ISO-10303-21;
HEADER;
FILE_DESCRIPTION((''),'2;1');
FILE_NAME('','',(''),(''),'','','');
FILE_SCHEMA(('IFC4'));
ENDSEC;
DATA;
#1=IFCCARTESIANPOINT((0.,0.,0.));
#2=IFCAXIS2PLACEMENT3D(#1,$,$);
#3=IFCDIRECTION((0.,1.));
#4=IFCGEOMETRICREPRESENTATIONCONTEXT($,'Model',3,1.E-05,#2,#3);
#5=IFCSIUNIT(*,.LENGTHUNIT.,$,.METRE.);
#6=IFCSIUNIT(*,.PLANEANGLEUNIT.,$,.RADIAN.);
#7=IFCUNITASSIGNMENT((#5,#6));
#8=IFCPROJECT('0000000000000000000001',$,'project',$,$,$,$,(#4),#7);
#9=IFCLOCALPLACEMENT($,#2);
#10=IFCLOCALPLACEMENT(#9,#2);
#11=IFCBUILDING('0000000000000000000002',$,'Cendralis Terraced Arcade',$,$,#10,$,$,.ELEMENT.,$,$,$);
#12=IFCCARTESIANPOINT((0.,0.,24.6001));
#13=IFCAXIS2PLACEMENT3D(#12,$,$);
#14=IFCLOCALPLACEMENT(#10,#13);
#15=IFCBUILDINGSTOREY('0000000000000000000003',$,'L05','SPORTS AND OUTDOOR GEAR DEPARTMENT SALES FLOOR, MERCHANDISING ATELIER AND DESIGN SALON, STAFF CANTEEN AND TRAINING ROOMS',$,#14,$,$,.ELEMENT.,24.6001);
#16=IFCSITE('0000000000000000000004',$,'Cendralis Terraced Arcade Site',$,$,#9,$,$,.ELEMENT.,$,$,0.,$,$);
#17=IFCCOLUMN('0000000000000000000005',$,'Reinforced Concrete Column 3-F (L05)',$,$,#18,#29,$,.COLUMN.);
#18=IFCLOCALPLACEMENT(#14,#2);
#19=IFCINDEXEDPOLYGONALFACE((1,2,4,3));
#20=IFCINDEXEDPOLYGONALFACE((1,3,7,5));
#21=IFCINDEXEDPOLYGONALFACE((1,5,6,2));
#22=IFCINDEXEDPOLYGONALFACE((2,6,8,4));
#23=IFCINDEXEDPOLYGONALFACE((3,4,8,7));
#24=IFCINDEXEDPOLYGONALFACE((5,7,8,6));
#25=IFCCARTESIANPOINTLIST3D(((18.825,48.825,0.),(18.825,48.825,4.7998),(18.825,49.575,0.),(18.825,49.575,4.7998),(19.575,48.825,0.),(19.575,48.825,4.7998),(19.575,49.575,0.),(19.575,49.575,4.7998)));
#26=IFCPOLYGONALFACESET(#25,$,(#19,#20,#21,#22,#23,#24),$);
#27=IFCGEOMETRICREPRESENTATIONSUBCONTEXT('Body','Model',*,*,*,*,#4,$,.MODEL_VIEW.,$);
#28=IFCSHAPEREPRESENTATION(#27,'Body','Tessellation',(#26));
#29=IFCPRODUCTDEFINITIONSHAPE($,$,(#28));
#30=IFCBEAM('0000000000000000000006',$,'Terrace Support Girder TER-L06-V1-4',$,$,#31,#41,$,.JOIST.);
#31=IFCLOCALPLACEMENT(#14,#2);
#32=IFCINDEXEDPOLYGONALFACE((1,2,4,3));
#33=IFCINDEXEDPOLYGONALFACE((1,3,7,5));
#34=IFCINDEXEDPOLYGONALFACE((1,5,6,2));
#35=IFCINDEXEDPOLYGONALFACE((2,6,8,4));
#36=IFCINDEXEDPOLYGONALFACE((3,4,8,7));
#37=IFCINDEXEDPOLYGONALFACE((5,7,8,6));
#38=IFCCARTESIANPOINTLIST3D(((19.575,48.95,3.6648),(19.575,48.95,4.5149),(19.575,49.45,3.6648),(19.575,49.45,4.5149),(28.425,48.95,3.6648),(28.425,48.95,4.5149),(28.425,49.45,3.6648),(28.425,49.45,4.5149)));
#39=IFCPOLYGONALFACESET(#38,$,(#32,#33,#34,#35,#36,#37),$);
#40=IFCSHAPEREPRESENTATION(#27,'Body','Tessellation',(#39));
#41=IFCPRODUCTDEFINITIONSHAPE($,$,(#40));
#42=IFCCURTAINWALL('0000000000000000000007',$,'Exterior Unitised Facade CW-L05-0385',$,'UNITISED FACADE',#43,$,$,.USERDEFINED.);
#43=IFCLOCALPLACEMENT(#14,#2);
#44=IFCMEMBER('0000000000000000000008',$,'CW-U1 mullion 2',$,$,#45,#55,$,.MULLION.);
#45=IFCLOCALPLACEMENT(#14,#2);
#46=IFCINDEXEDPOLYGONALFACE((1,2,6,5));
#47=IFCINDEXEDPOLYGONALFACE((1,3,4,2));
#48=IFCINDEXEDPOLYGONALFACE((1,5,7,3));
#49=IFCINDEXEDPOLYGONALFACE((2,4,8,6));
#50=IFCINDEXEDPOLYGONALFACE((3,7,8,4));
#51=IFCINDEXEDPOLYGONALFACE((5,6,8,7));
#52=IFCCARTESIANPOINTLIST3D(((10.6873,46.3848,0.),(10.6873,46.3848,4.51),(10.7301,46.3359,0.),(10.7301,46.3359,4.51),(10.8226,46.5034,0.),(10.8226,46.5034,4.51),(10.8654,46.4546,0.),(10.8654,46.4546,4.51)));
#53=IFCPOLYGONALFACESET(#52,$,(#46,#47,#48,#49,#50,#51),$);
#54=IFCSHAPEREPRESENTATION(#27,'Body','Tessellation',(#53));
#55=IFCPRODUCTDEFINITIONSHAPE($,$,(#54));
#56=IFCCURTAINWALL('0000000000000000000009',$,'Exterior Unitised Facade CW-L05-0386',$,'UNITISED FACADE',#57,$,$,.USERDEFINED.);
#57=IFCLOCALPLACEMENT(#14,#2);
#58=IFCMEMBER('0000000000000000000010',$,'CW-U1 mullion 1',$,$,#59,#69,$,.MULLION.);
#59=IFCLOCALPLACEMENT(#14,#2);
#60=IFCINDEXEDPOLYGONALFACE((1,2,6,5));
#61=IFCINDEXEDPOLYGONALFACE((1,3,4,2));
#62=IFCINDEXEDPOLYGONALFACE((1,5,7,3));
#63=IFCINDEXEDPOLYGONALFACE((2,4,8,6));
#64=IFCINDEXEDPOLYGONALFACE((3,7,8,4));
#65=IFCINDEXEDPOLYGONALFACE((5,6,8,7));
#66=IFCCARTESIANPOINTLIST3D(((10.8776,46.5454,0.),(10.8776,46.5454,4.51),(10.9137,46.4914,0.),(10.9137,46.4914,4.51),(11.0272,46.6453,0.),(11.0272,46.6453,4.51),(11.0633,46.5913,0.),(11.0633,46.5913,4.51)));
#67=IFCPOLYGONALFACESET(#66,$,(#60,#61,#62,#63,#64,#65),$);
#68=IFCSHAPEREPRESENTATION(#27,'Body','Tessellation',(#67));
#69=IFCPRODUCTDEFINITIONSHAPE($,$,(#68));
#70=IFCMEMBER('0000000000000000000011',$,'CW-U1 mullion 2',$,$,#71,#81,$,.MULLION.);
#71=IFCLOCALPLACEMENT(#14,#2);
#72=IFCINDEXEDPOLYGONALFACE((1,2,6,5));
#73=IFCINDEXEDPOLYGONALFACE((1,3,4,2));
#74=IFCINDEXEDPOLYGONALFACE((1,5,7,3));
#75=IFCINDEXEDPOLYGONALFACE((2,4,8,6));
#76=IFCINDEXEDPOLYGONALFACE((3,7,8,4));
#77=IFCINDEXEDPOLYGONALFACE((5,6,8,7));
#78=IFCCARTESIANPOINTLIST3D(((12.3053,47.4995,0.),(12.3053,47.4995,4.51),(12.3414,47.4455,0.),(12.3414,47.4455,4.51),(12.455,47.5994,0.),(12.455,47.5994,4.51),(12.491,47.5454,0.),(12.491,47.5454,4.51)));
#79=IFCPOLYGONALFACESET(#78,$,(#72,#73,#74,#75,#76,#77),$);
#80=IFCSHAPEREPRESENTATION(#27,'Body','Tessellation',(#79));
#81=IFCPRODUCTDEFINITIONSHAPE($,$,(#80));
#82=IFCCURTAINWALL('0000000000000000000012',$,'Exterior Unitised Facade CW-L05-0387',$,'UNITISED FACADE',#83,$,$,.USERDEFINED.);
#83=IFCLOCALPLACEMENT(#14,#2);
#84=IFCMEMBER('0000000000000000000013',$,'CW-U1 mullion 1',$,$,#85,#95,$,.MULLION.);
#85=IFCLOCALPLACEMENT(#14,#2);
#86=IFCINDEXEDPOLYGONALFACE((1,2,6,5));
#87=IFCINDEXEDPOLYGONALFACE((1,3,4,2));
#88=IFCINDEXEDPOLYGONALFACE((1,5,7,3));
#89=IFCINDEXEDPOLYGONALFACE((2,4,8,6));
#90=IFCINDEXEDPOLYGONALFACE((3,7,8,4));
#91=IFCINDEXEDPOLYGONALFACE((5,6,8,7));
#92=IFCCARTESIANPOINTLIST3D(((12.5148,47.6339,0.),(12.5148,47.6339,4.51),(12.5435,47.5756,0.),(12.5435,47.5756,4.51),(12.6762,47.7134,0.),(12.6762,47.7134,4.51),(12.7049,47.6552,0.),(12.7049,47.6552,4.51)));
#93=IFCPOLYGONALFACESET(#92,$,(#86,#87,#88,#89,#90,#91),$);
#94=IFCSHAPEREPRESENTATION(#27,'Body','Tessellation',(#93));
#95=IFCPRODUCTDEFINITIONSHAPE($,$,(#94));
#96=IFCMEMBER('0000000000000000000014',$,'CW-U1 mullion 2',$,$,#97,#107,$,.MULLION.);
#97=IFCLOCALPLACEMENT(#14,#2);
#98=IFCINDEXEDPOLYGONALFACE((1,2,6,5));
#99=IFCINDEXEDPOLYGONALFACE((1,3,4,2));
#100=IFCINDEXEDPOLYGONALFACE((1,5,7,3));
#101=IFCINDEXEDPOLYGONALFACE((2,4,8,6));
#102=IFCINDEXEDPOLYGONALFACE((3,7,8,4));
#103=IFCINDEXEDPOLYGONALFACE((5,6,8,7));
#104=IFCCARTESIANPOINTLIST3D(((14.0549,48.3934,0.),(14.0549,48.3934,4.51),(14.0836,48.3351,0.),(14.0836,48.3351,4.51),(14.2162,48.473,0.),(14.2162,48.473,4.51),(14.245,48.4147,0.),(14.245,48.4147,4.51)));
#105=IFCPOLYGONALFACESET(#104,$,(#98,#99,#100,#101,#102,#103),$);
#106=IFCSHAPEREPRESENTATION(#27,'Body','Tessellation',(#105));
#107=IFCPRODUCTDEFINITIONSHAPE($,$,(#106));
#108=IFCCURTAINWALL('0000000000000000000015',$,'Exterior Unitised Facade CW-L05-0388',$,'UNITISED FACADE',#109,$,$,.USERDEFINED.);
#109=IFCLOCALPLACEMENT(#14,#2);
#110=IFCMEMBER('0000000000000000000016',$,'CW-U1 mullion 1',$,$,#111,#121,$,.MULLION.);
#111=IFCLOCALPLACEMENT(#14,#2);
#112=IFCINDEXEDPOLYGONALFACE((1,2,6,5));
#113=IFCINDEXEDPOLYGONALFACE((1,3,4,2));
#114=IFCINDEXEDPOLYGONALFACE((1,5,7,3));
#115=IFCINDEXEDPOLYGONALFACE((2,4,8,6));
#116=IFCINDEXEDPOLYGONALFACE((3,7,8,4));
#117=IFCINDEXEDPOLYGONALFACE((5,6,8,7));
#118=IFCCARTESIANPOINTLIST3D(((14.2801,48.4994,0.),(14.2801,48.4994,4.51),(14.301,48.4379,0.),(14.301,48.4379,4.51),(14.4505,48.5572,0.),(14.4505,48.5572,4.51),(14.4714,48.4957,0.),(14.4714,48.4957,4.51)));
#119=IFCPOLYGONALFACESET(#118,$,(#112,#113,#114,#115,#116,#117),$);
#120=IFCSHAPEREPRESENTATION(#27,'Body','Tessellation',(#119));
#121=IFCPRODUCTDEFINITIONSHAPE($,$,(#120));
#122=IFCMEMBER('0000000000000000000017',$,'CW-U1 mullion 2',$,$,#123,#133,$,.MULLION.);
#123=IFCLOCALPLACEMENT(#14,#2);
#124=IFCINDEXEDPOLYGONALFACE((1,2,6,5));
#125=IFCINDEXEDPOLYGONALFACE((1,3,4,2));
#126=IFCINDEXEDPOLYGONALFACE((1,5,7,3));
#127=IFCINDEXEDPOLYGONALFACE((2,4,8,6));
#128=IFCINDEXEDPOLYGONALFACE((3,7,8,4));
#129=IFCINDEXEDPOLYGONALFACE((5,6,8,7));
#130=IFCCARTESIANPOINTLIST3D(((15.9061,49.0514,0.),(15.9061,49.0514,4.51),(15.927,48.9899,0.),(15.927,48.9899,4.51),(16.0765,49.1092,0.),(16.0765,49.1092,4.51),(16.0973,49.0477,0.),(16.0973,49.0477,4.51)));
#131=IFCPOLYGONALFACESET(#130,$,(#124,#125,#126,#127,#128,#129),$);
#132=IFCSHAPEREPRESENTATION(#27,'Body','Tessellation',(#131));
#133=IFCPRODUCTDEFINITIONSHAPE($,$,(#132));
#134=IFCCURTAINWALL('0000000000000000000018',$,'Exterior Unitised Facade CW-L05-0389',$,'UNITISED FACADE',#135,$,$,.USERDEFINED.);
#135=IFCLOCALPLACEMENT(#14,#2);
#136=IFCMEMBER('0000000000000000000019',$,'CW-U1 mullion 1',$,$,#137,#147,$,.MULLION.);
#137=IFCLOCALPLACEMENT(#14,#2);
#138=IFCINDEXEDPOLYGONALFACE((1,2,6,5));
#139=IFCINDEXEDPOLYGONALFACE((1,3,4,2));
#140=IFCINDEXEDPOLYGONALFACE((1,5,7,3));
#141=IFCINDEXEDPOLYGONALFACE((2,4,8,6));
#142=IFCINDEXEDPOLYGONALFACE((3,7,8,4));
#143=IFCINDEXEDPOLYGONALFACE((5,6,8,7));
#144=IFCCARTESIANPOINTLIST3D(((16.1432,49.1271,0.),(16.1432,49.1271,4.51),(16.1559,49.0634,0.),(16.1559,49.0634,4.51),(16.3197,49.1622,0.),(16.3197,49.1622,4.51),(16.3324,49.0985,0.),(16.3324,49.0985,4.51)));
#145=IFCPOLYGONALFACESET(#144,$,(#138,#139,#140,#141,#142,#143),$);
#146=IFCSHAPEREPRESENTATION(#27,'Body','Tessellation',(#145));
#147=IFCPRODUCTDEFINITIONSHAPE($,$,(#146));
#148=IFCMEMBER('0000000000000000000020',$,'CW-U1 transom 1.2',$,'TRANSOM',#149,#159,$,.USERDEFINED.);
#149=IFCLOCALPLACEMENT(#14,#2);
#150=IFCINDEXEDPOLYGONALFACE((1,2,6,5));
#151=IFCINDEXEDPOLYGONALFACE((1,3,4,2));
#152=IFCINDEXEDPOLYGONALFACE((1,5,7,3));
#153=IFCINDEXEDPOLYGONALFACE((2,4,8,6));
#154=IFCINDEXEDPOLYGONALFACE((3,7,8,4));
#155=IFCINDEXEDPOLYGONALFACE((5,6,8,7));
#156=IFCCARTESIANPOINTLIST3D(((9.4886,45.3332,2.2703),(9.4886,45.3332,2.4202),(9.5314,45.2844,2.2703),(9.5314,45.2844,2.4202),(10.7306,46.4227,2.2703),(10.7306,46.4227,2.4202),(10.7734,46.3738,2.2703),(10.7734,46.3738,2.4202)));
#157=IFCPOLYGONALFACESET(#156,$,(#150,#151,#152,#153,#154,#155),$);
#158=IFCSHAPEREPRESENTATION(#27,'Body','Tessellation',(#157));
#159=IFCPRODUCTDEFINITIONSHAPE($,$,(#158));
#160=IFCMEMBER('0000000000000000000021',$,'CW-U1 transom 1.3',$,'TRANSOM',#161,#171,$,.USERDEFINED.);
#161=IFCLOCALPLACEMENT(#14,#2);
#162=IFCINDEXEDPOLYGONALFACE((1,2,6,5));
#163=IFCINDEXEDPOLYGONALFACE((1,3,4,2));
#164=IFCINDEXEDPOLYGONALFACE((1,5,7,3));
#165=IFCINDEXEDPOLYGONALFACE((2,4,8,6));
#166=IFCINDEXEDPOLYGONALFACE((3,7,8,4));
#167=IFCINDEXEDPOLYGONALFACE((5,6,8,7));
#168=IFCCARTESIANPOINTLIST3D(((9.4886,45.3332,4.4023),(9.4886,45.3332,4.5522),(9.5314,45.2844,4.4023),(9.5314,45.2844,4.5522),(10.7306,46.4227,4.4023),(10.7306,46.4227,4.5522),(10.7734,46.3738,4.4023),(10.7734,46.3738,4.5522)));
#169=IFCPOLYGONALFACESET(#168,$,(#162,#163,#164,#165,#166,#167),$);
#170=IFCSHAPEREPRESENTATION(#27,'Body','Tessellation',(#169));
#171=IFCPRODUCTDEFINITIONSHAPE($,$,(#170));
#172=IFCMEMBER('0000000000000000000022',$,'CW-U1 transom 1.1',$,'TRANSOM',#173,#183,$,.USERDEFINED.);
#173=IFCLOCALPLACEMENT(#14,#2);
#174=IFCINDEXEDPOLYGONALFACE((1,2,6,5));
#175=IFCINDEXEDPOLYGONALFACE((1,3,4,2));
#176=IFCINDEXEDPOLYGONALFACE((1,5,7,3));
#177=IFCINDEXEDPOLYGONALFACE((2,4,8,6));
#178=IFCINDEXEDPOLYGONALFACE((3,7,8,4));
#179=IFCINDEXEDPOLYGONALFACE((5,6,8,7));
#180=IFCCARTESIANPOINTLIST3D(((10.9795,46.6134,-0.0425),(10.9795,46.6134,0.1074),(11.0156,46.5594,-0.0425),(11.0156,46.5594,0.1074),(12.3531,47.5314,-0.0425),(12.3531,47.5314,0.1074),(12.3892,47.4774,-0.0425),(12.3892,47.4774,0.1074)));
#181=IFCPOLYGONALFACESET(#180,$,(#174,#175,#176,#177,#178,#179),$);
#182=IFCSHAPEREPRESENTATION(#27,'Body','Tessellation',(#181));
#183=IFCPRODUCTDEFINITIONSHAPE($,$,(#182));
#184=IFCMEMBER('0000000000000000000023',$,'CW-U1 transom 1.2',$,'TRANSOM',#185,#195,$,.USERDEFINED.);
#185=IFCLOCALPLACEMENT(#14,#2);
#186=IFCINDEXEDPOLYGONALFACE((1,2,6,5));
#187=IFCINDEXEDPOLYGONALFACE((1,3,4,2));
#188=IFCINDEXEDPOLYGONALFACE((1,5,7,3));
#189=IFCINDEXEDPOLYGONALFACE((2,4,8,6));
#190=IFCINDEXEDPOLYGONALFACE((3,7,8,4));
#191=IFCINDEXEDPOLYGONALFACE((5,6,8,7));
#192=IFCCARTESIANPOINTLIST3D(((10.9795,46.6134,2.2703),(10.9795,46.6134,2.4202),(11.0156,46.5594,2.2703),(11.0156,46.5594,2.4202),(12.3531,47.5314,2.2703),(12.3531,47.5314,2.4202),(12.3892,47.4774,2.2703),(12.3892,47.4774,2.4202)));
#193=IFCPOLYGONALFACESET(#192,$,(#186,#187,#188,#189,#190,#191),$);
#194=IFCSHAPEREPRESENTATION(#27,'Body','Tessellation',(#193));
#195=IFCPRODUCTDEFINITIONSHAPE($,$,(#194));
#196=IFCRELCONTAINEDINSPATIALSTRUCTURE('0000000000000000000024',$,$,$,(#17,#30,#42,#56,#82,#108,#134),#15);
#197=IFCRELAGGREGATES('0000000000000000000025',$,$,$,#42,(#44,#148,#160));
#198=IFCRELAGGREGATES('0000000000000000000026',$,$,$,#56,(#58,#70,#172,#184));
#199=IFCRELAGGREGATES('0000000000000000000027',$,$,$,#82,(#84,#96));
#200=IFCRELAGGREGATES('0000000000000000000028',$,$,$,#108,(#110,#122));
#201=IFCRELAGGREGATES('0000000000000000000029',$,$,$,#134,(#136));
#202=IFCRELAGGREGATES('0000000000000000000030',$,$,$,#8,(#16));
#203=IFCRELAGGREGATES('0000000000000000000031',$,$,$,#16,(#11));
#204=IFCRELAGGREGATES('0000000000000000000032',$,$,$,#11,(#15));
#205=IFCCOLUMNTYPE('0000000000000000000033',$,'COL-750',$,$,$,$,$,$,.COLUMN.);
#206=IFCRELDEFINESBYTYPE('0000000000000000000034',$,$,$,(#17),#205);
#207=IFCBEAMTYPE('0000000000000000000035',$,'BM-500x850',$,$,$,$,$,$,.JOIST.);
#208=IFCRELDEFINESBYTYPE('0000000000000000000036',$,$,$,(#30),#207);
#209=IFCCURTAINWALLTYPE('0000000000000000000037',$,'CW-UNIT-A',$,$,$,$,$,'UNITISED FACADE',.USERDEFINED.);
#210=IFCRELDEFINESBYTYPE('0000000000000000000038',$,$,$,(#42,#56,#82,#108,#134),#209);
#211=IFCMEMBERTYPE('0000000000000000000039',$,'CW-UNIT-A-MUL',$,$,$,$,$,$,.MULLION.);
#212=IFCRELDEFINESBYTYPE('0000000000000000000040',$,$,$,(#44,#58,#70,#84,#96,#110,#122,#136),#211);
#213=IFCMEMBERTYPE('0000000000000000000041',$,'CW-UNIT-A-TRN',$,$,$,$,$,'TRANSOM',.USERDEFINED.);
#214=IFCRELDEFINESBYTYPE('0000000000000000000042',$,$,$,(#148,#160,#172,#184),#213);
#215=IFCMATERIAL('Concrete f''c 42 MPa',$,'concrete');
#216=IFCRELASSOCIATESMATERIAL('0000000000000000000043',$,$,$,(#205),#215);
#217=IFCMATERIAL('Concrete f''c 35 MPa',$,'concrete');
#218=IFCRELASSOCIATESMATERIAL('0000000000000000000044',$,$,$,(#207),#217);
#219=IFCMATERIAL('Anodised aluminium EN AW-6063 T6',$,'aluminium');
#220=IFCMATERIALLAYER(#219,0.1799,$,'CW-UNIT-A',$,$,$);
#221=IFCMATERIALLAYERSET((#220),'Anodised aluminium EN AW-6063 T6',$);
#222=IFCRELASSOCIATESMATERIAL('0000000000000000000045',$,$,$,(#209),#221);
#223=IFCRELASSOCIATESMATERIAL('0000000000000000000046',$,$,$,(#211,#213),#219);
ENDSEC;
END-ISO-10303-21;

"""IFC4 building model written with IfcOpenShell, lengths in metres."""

from ifc_helpers import new_model, si_unit, direction, frame, origin, origin_2d, place, context, subcontext, project, spatial, rectangle, extrude, material, layer, layer_set, material_profile, profile_set, type_object, element, aggregate, save


model = new_model("IFC4")

# Units and contexts
model_context = context("Model", 3, precision=1e-05, world=origin(), true_north=direction((0.0, 1.0)))
body_context = subcontext(model_context, "Body", "Model", "MODEL_VIEW")
ifc_project = project(units=[si_unit("LENGTHUNIT", "METRE"), si_unit("PLANEANGLEUNIT", "RADIAN")], contexts=[model_context])

# Site, building, storey
site_placement = place(None, origin())
site = spatial("IfcSite", under=ifc_project, at=site_placement, Name="Cendralis Terraced Arcade Site", CompositionType="ELEMENT", RefElevation=0.0)
building_placement = place(site_placement, origin())
building = spatial("IfcBuilding", under=site, at=building_placement, Name="Cendralis Terraced Arcade", CompositionType="ELEMENT")
storey_placement = place(building_placement, frame((0.0, 0.0, 24.6001)))
storey = spatial("IfcBuildingStorey", under=building, at=storey_placement, Name="L05", Description="SPORTS AND OUTDOOR GEAR DEPARTMENT SALES FLOOR, MERCHANDISING ATELIER AND DESIGN SALON, STAFF CANTEEN AND TRAINING ROOMS", CompositionType="ELEMENT", Elevation=24.6001)

# Column
ifc_material_1 = material(Name="Concrete f'c 42 MPa", Category="concrete")
ifc_material_profile_1 = material_profile(ifc_material_1, rectangle(XDim=0.75, YDim=0.75, at=origin_2d()), Name="RC-COL-750x750", Category="LoadBearing")
ifc_profile_set_1 = profile_set([ifc_material_profile_1], Name="Concrete f'c 42 MPa")
column_type = type_object("IfcColumnType", Name="COL-750", PredefinedType="COLUMN", material=ifc_profile_set_1)
column_placement = place(storey_placement, frame((19.2, 49.2, 0.0), z_axis=(0.0, 0.0, 1.0), x_axis=(1.0, 0.0, 0.0)))
element("IfcColumn", 1, at=column_placement, inside=storey, type_object=column_type, Name="Reinforced Concrete Column 3-F (L05)", PredefinedType="COLUMN", context=body_context, shape_type="SweptSolid", body=[
    extrude(rectangle(XDim=0.75, YDim=0.75, at=origin_2d()), origin(), (0.0, 0.0, 1.0), 4.7998),
])

# Beam
ifc_material_2 = material(Name="Concrete f'c 35 MPa", Category="concrete")
ifc_material_profile_2 = material_profile(ifc_material_2, rectangle(XDim=0.5, YDim=0.8501, at=origin_2d()), Name="RC-BM-500x850", Category="LoadBearing")
ifc_profile_set_2 = profile_set([ifc_material_profile_2], Name="Concrete f'c 35 MPa")
beam_type = type_object("IfcBeamType", Name="BM-500x850", PredefinedType="JOIST", material=ifc_profile_set_2)
beam_placement = place(storey_placement, frame((19.575, 49.2, 4.0898), z_axis=(1.0, 0.0, 0.0), x_axis=(0.0, 1.0, 0.0)))
element("IfcBeam", 2, at=beam_placement, inside=storey, type_object=beam_type, Name="Terrace Support Girder TER-L06-V1-4", PredefinedType="JOIST", context=body_context, shape_type="SweptSolid", body=[
    extrude(rectangle(XDim=0.5, YDim=0.8501, at=origin_2d()), origin(), (0.0, 0.0, 1.0), 8.8501),
])

# Curtain wall, member
ifc_material_3 = material(Name="Anodised aluminium EN AW-6063 T6", Category="aluminium")
ifc_layer_1 = layer(ifc_material_3, 0.1799, Name="CW-UNIT-A")
ifc_layer_set_1 = layer_set([ifc_layer_1], Name="Anodised aluminium EN AW-6063 T6")
curtain_wall_type = type_object("IfcCurtainWallType", Name="CW-UNIT-A", ElementType="UNITISED FACADE", PredefinedType="USERDEFINED", material=ifc_layer_set_1)
curtain_wall_1_placement = place(storey_placement, origin())
curtain_wall_1 = element("IfcCurtainWall", 3, at=curtain_wall_1_placement, inside=storey, type_object=curtain_wall_type, Name="Exterior Unitised Facade CW-L05-0385", ObjectType="UNITISED FACADE", PredefinedType="USERDEFINED")
ifc_material_profile_3 = material_profile(ifc_material_3, rectangle(XDim=0.0649, YDim=0.1799, at=origin_2d()), Name="ALU-MUL-65x180")
ifc_profile_set_3 = profile_set([ifc_material_profile_3], Name="Anodised aluminium EN AW-6063 T6")
member_type_1 = type_object("IfcMemberType", Name="CW-UNIT-A-MUL", PredefinedType="MULLION", material=ifc_profile_set_3)
member_1_placement = place(storey_placement, frame((10.7764, 46.4197, 0.0), z_axis=(0.0, 0.0, 1.0), x_axis=(-0.659386, 0.751804, 0.0)))
member_1 = element("IfcMember", 4, at=member_1_placement, type_object=member_type_1, Name="CW-U1 mullion 2", PredefinedType="MULLION", context=body_context, shape_type="SweptSolid", body=[
    extrude(rectangle(XDim=0.0649, YDim=0.1799, at=origin_2d()), origin(), (0.0, 0.0, 1.0), 4.51),
])

# Curtain walls, members
curtain_wall_2_placement = place(storey_placement, origin())
curtain_wall_2 = element("IfcCurtainWall", 5, at=curtain_wall_2_placement, inside=storey, type_object=curtain_wall_type, Name="Exterior Unitised Facade CW-L05-0386", ObjectType="UNITISED FACADE", PredefinedType="USERDEFINED")
member_2_placement = place(storey_placement, frame((10.9705, 46.5684, 0.0), z_axis=(0.0, 0.0, 1.0), x_axis=(-0.555567, 0.831471, 0.0)))
member_2 = element("IfcMember", 6, at=member_2_placement, type_object=member_type_1, Name="CW-U1 mullion 1", PredefinedType="MULLION", context=body_context, shape_type="SweptSolid", body=[
    extrude(rectangle(XDim=0.0649, YDim=0.1799, at=origin_2d()), origin(), (0.0, 0.0, 1.0), 4.51),
])
member_3_placement = place(storey_placement, frame((12.3982, 47.5225, 0.0), z_axis=(0.0, 0.0, 1.0), x_axis=(-0.555567, 0.831471, 0.0)))
member_3 = element("IfcMember", 7, at=member_3_placement, type_object=member_type_1, Name="CW-U1 mullion 2", PredefinedType="MULLION", context=body_context, shape_type="SweptSolid", body=[
    extrude(rectangle(XDim=0.0649, YDim=0.1799, at=origin_2d()), origin(), (0.0, 0.0, 1.0), 4.51),
])
curtain_wall_3_placement = place(storey_placement, origin())
curtain_wall_3 = element("IfcCurtainWall", 8, at=curtain_wall_3_placement, inside=storey, type_object=curtain_wall_type, Name="Exterior Unitised Facade CW-L05-0387", ObjectType="UNITISED FACADE", PredefinedType="USERDEFINED")
member_4_placement = place(storey_placement, frame((12.6099, 47.6445, 0.0), z_axis=(0.0, 0.0, 1.0), x_axis=(-0.442291, 0.896871, 0.0)))
member_4 = element("IfcMember", 9, at=member_4_placement, type_object=member_type_1, Name="CW-U1 mullion 1", PredefinedType="MULLION", context=body_context, shape_type="SweptSolid", body=[
    extrude(rectangle(XDim=0.0649, YDim=0.1799, at=origin_2d()), origin(), (0.0, 0.0, 1.0), 4.51),
])
member_5_placement = place(storey_placement, frame((14.1499, 48.4041, 0.0), z_axis=(0.0, 0.0, 1.0), x_axis=(-0.442291, 0.896871, 0.0)))
member_5 = element("IfcMember", 10, at=member_5_placement, type_object=member_type_1, Name="CW-U1 mullion 2", PredefinedType="MULLION", context=body_context, shape_type="SweptSolid", body=[
    extrude(rectangle(XDim=0.0649, YDim=0.1799, at=origin_2d()), origin(), (0.0, 0.0, 1.0), 4.51),
])
curtain_wall_4_placement = place(storey_placement, origin())
curtain_wall_4 = element("IfcCurtainWall", 11, at=curtain_wall_4_placement, inside=storey, type_object=curtain_wall_type, Name="Exterior Unitised Facade CW-L05-0388", ObjectType="UNITISED FACADE", PredefinedType="USERDEFINED")
member_6_placement = place(storey_placement, frame((14.3757, 48.4976, 0.0), z_axis=(0.0, 0.0, 1.0), x_axis=(-0.321458, 0.946924, 0.0)))
member_6 = element("IfcMember", 12, at=member_6_placement, type_object=member_type_1, Name="CW-U1 mullion 1", PredefinedType="MULLION", context=body_context, shape_type="SweptSolid", body=[
    extrude(rectangle(XDim=0.0649, YDim=0.1799, at=origin_2d()), origin(), (0.0, 0.0, 1.0), 4.51),
])
member_7_placement = place(storey_placement, frame((16.0017, 49.0496, 0.0), z_axis=(0.0, 0.0, 1.0), x_axis=(-0.321458, 0.946924, 0.0)))
member_7 = element("IfcMember", 13, at=member_7_placement, type_object=member_type_1, Name="CW-U1 mullion 2", PredefinedType="MULLION", context=body_context, shape_type="SweptSolid", body=[
    extrude(rectangle(XDim=0.0649, YDim=0.1799, at=origin_2d()), origin(), (0.0, 0.0, 1.0), 4.51),
])

# Curtain wall, member
curtain_wall_5_placement = place(storey_placement, origin())
curtain_wall_5 = element("IfcCurtainWall", 14, at=curtain_wall_5_placement, inside=storey, type_object=curtain_wall_type, Name="Exterior Unitised Facade CW-L05-0389", ObjectType="UNITISED FACADE", PredefinedType="USERDEFINED")
member_8_placement = place(storey_placement, frame((16.2378, 49.1128, 0.0), z_axis=(0.0, 0.0, 1.0), x_axis=(-0.195058, 0.980792, 0.0)))
member_8 = element("IfcMember", 15, at=member_8_placement, type_object=member_type_1, Name="CW-U1 mullion 1", PredefinedType="MULLION", context=body_context, shape_type="SweptSolid", body=[
    extrude(rectangle(XDim=0.0649, YDim=0.1799, at=origin_2d()), origin(), (0.0, 0.0, 1.0), 4.51),
])

# Members
ifc_material_profile_4 = material_profile(ifc_material_3, rectangle(XDim=0.0649, YDim=0.1499, at=origin_2d()), Name="ALU-TRN-65x150")
ifc_profile_set_4 = profile_set([ifc_material_profile_4], Name="Anodised aluminium EN AW-6063 T6")
member_type_2 = type_object("IfcMemberType", Name="CW-UNIT-A-TRN", ElementType="TRANSOM", PredefinedType="USERDEFINED", material=ifc_profile_set_4)
member_9_placement = place(storey_placement, frame((9.51, 45.3088, 2.3452), z_axis=(0.75178, 0.659414, 0.0), x_axis=(-0.659414, 0.75178, 0.0)))
member_9 = element("IfcMember", 16, at=member_9_placement, type_object=member_type_2, Name="CW-U1 transom 1.2", ObjectType="TRANSOM", PredefinedType="USERDEFINED", context=body_context, shape_type="SweptSolid", body=[
    extrude(rectangle(XDim=0.0649, YDim=0.1499, at=origin_2d()), origin(), (0.0, 0.0, 1.0), 1.6521),
])
member_10_placement = place(storey_placement, frame((9.51, 45.3088, 4.4773), z_axis=(0.75178, 0.659414, 0.0), x_axis=(-0.659414, 0.75178, 0.0)))
member_10 = element("IfcMember", 17, at=member_10_placement, type_object=member_type_2, Name="CW-U1 transom 1.3", ObjectType="TRANSOM", PredefinedType="USERDEFINED", context=body_context, shape_type="SweptSolid", body=[
    extrude(rectangle(XDim=0.0649, YDim=0.1499, at=origin_2d()), origin(), (0.0, 0.0, 1.0), 1.6521),
])
member_11_placement = place(storey_placement, frame((10.9976, 46.5864, 0.0325), z_axis=(0.831413, 0.555655, 0.0), x_axis=(-0.555655, 0.831413, 0.0)))
member_11 = element("IfcMember", 18, at=member_11_placement, type_object=member_type_2, Name="CW-U1 transom 1.1", ObjectType="TRANSOM", PredefinedType="USERDEFINED", context=body_context, shape_type="SweptSolid", body=[
    extrude(rectangle(XDim=0.0649, YDim=0.1499, at=origin_2d()), origin(), (0.0, 0.0, 1.0), 1.6521),
])
member_12_placement = place(storey_placement, frame((10.9976, 46.5864, 2.3452), z_axis=(0.831413, 0.555655, 0.0), x_axis=(-0.555655, 0.831413, 0.0)))
member_12 = element("IfcMember", 19, at=member_12_placement, type_object=member_type_2, Name="CW-U1 transom 1.2", ObjectType="TRANSOM", PredefinedType="USERDEFINED", context=body_context, shape_type="SweptSolid", body=[
    extrude(rectangle(XDim=0.0649, YDim=0.1499, at=origin_2d()), origin(), (0.0, 0.0, 1.0), 1.6521),
])

aggregate(curtain_wall_1, [member_1, member_9, member_10])
aggregate(curtain_wall_2, [member_2, member_3, member_11, member_12])
aggregate(curtain_wall_3, [member_4, member_5])
aggregate(curtain_wall_4, [member_6, member_7])
aggregate(curtain_wall_5, [member_8])

save(model, "model.ifc")
